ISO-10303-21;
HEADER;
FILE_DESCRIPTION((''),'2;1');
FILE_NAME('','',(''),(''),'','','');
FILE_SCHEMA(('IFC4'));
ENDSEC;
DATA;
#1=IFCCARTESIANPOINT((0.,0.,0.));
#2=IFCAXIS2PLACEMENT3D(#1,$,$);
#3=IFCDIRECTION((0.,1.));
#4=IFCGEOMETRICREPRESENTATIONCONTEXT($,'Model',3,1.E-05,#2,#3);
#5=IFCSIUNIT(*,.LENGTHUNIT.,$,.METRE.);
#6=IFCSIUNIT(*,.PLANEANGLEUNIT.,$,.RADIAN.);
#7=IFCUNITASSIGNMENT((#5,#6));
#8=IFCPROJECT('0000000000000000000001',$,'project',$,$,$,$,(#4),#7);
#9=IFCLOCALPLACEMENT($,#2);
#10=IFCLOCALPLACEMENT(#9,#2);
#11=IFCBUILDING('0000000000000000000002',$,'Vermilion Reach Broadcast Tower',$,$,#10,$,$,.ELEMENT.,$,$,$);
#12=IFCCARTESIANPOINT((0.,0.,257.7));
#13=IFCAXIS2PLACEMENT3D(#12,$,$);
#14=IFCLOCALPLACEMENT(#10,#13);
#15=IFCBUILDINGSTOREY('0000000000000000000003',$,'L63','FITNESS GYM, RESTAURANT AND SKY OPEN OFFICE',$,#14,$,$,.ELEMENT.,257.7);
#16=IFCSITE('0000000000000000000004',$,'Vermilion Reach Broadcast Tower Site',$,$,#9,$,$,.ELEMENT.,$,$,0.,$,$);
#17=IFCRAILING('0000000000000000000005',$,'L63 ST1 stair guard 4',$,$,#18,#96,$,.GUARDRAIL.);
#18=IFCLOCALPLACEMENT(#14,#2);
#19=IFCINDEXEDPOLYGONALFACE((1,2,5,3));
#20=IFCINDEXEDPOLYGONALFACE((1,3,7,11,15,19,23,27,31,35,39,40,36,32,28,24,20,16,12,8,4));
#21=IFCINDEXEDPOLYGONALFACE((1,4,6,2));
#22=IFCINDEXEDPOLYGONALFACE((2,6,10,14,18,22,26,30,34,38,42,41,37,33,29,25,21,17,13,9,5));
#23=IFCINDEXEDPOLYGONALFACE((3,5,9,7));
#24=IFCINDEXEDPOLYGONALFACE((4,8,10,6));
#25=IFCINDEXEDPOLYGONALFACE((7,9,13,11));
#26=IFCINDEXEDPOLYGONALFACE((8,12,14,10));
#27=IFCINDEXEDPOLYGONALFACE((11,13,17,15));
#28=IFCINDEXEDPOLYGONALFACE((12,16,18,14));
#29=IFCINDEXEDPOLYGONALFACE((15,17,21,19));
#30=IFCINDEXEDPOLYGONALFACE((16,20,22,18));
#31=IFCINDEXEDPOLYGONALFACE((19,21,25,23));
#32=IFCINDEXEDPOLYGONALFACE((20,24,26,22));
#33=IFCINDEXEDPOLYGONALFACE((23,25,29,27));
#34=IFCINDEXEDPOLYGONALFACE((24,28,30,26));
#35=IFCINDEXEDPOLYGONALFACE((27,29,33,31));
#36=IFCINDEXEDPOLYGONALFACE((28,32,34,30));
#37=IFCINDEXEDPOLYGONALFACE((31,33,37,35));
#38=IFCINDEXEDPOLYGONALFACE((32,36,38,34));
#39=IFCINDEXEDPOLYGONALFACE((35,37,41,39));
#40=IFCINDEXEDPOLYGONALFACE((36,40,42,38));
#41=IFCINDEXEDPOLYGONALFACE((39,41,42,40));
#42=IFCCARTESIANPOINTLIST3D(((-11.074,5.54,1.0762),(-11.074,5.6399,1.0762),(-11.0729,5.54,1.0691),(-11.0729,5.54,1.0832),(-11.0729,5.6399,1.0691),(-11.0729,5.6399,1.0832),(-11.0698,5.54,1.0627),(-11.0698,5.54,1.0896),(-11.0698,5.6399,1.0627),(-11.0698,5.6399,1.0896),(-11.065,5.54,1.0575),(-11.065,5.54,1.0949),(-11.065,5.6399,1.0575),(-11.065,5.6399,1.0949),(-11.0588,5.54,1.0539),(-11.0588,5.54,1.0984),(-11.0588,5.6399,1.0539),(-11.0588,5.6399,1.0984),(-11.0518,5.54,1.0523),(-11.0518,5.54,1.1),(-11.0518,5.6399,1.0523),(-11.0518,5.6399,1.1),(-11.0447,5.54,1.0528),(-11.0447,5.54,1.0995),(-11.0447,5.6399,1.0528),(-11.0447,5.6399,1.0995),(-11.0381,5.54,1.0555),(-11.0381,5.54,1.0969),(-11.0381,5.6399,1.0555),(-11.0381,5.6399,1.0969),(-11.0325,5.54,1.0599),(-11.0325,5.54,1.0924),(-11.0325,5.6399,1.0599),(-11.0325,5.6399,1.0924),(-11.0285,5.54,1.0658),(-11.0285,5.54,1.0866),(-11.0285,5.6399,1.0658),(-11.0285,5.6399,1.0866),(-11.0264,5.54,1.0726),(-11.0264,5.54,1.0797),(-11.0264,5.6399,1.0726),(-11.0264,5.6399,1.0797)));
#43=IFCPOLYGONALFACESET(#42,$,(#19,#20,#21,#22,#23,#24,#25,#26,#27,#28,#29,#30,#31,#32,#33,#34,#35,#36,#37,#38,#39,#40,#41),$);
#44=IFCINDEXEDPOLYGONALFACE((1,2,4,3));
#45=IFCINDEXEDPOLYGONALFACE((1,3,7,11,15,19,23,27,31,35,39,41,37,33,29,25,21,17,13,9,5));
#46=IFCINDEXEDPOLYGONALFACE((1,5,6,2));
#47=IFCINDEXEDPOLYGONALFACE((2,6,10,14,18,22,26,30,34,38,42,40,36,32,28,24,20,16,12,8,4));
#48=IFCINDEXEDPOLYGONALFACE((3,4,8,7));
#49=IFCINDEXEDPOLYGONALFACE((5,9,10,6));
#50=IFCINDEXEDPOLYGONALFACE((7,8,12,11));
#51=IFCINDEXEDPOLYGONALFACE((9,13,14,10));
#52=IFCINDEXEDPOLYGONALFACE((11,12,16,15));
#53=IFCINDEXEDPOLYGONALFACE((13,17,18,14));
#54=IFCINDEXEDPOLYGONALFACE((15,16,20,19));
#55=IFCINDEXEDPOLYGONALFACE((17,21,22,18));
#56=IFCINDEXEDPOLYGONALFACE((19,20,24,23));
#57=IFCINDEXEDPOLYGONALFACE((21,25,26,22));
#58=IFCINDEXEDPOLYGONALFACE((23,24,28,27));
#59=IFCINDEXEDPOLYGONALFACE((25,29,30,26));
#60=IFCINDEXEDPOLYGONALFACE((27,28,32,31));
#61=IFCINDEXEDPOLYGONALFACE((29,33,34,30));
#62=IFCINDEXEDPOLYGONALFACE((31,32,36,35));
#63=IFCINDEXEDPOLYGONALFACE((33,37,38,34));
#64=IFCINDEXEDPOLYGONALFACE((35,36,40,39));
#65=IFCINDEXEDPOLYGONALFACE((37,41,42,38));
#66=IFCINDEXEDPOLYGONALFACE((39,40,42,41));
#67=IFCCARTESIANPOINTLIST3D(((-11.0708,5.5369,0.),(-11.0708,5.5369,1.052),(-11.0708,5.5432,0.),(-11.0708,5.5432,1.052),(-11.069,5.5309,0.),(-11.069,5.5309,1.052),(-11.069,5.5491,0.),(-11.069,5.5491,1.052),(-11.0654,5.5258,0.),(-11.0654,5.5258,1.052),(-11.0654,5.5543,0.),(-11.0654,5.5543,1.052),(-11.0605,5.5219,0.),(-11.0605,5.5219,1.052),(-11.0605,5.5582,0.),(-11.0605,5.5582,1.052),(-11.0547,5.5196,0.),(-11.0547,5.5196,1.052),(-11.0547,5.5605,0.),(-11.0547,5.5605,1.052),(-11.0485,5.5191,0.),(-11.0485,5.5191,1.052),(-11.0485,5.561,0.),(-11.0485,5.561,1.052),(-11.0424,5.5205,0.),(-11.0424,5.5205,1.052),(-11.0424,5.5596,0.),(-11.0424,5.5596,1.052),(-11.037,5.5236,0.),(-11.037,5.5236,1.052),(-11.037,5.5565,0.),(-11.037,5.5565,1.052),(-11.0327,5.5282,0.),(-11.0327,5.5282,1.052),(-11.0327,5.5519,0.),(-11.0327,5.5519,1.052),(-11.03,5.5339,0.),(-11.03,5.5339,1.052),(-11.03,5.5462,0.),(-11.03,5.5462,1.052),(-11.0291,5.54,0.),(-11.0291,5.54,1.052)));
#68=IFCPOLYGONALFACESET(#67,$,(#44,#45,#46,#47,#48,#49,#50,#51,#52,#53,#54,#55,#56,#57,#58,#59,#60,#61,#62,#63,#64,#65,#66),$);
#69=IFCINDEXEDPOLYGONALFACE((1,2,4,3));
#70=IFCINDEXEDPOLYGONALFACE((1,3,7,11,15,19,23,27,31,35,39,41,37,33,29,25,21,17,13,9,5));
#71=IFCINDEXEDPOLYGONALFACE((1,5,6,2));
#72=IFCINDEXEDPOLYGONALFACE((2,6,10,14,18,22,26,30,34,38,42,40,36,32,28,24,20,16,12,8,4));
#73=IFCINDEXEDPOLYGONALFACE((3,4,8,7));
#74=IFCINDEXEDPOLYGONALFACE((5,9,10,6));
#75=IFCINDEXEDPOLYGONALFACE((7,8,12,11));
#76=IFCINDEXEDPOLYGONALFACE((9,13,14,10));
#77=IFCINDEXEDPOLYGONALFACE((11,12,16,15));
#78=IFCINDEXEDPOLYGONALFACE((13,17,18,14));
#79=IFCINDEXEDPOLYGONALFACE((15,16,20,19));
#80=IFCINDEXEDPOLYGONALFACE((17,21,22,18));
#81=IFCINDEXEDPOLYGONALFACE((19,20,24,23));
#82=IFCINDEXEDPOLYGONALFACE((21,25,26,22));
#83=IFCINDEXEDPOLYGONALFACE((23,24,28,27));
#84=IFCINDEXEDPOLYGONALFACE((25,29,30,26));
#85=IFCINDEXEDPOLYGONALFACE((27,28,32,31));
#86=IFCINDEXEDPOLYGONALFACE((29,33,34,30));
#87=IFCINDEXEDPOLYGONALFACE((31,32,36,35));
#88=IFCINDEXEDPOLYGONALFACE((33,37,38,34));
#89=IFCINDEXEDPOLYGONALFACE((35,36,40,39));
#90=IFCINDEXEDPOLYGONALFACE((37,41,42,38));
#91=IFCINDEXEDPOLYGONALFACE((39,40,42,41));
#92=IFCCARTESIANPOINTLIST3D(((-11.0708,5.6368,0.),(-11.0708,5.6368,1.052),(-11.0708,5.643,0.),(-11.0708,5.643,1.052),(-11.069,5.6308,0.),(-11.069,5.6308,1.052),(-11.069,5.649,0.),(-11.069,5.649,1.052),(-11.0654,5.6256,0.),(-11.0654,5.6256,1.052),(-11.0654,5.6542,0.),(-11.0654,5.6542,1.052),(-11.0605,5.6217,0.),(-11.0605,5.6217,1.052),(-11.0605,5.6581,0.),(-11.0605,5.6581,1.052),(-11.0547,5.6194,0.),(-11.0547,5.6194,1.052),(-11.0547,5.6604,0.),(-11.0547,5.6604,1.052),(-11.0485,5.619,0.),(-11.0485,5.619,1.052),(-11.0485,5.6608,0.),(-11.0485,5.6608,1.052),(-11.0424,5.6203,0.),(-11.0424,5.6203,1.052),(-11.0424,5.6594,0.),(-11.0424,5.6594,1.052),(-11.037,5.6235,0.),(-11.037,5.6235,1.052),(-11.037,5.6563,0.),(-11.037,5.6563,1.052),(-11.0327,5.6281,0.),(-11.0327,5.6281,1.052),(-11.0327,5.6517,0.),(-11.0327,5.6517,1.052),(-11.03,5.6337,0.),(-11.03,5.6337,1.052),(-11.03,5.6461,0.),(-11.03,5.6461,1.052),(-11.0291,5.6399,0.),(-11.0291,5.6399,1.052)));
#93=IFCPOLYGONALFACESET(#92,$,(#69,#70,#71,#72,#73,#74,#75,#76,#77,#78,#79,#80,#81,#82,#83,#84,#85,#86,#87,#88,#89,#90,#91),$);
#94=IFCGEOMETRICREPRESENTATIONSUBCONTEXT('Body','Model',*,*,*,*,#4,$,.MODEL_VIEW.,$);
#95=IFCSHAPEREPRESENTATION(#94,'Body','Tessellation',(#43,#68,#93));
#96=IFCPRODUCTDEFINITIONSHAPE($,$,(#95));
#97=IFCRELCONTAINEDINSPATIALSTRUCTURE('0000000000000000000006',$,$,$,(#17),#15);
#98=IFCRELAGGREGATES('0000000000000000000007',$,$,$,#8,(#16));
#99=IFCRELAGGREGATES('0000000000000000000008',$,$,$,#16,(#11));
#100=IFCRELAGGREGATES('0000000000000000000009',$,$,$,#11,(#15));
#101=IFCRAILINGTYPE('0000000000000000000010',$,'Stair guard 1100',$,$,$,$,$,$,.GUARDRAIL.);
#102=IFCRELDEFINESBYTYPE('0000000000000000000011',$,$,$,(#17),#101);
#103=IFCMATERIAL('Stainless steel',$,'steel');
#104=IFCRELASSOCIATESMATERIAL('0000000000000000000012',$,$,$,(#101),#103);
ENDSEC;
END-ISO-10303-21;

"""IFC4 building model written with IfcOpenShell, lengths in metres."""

from ifc_helpers import new_model, si_unit, direction, frame, origin, origin_2d, place, context, subcontext, project, spatial, circle, extrude, material, type_object, element, save


model = new_model("IFC4")

# Units and contexts
model_context = context("Model", 3, precision=1e-05, world=origin(), true_north=direction((0.0, 1.0)))
body_context = subcontext(model_context, "Body", "Model", "MODEL_VIEW")
ifc_project = project(units=[si_unit("LENGTHUNIT", "METRE"), si_unit("PLANEANGLEUNIT", "RADIAN")], contexts=[model_context])

# Site, building, storey
site_placement = place(None, origin())
site = spatial("IfcSite", under=ifc_project, at=site_placement, Name="Vermilion Reach Broadcast Tower Site", CompositionType="ELEMENT", RefElevation=0.0)
building_placement = place(site_placement, origin())
building = spatial("IfcBuilding", under=site, at=building_placement, Name="Vermilion Reach Broadcast Tower", CompositionType="ELEMENT")
storey_placement = place(building_placement, frame((0.0, 0.0, 257.7)))
storey = spatial("IfcBuildingStorey", under=building, at=storey_placement, Name="L63", Description="FITNESS GYM, RESTAURANT AND SKY OPEN OFFICE", CompositionType="ELEMENT", Elevation=257.7)

# Railing
ifc_material_1 = material(Name="Stainless steel", Category="steel")
railing_type_1 = type_object("IfcRailingType", Name="Stair guard 1100", PredefinedType="GUARDRAIL", material=ifc_material_1)
railing_1_placement = place(storey_placement, frame((-11.05, 5.54, 0.0)))
element("IfcRailing", 1, at=railing_1_placement, inside=storey, type_object=railing_type_1, Name="L63 ST1 stair guard 4", PredefinedType="GUARDRAIL", context=body_context, shape_type="SweptSolid", body=[
    extrude(circle(Radius=0.0239, at=origin_2d()), frame((0.0, 0.0, 1.0762), z_axis=(0.0, 1.0, 0.0), x_axis=(-1.0, 0.0, 0.0)), (0.0, 0.0, 1.0), 0.0999),
    extrude(circle(Radius=0.021, at=origin_2d()), origin(), (0.0, 0.0, 1.0), 1.052),
    extrude(circle(Radius=0.021, at=origin_2d()), frame((0.0, 0.0999, 0.0)), (0.0, 0.0, 1.0), 1.052),
])

save(model, "model.ifc")
